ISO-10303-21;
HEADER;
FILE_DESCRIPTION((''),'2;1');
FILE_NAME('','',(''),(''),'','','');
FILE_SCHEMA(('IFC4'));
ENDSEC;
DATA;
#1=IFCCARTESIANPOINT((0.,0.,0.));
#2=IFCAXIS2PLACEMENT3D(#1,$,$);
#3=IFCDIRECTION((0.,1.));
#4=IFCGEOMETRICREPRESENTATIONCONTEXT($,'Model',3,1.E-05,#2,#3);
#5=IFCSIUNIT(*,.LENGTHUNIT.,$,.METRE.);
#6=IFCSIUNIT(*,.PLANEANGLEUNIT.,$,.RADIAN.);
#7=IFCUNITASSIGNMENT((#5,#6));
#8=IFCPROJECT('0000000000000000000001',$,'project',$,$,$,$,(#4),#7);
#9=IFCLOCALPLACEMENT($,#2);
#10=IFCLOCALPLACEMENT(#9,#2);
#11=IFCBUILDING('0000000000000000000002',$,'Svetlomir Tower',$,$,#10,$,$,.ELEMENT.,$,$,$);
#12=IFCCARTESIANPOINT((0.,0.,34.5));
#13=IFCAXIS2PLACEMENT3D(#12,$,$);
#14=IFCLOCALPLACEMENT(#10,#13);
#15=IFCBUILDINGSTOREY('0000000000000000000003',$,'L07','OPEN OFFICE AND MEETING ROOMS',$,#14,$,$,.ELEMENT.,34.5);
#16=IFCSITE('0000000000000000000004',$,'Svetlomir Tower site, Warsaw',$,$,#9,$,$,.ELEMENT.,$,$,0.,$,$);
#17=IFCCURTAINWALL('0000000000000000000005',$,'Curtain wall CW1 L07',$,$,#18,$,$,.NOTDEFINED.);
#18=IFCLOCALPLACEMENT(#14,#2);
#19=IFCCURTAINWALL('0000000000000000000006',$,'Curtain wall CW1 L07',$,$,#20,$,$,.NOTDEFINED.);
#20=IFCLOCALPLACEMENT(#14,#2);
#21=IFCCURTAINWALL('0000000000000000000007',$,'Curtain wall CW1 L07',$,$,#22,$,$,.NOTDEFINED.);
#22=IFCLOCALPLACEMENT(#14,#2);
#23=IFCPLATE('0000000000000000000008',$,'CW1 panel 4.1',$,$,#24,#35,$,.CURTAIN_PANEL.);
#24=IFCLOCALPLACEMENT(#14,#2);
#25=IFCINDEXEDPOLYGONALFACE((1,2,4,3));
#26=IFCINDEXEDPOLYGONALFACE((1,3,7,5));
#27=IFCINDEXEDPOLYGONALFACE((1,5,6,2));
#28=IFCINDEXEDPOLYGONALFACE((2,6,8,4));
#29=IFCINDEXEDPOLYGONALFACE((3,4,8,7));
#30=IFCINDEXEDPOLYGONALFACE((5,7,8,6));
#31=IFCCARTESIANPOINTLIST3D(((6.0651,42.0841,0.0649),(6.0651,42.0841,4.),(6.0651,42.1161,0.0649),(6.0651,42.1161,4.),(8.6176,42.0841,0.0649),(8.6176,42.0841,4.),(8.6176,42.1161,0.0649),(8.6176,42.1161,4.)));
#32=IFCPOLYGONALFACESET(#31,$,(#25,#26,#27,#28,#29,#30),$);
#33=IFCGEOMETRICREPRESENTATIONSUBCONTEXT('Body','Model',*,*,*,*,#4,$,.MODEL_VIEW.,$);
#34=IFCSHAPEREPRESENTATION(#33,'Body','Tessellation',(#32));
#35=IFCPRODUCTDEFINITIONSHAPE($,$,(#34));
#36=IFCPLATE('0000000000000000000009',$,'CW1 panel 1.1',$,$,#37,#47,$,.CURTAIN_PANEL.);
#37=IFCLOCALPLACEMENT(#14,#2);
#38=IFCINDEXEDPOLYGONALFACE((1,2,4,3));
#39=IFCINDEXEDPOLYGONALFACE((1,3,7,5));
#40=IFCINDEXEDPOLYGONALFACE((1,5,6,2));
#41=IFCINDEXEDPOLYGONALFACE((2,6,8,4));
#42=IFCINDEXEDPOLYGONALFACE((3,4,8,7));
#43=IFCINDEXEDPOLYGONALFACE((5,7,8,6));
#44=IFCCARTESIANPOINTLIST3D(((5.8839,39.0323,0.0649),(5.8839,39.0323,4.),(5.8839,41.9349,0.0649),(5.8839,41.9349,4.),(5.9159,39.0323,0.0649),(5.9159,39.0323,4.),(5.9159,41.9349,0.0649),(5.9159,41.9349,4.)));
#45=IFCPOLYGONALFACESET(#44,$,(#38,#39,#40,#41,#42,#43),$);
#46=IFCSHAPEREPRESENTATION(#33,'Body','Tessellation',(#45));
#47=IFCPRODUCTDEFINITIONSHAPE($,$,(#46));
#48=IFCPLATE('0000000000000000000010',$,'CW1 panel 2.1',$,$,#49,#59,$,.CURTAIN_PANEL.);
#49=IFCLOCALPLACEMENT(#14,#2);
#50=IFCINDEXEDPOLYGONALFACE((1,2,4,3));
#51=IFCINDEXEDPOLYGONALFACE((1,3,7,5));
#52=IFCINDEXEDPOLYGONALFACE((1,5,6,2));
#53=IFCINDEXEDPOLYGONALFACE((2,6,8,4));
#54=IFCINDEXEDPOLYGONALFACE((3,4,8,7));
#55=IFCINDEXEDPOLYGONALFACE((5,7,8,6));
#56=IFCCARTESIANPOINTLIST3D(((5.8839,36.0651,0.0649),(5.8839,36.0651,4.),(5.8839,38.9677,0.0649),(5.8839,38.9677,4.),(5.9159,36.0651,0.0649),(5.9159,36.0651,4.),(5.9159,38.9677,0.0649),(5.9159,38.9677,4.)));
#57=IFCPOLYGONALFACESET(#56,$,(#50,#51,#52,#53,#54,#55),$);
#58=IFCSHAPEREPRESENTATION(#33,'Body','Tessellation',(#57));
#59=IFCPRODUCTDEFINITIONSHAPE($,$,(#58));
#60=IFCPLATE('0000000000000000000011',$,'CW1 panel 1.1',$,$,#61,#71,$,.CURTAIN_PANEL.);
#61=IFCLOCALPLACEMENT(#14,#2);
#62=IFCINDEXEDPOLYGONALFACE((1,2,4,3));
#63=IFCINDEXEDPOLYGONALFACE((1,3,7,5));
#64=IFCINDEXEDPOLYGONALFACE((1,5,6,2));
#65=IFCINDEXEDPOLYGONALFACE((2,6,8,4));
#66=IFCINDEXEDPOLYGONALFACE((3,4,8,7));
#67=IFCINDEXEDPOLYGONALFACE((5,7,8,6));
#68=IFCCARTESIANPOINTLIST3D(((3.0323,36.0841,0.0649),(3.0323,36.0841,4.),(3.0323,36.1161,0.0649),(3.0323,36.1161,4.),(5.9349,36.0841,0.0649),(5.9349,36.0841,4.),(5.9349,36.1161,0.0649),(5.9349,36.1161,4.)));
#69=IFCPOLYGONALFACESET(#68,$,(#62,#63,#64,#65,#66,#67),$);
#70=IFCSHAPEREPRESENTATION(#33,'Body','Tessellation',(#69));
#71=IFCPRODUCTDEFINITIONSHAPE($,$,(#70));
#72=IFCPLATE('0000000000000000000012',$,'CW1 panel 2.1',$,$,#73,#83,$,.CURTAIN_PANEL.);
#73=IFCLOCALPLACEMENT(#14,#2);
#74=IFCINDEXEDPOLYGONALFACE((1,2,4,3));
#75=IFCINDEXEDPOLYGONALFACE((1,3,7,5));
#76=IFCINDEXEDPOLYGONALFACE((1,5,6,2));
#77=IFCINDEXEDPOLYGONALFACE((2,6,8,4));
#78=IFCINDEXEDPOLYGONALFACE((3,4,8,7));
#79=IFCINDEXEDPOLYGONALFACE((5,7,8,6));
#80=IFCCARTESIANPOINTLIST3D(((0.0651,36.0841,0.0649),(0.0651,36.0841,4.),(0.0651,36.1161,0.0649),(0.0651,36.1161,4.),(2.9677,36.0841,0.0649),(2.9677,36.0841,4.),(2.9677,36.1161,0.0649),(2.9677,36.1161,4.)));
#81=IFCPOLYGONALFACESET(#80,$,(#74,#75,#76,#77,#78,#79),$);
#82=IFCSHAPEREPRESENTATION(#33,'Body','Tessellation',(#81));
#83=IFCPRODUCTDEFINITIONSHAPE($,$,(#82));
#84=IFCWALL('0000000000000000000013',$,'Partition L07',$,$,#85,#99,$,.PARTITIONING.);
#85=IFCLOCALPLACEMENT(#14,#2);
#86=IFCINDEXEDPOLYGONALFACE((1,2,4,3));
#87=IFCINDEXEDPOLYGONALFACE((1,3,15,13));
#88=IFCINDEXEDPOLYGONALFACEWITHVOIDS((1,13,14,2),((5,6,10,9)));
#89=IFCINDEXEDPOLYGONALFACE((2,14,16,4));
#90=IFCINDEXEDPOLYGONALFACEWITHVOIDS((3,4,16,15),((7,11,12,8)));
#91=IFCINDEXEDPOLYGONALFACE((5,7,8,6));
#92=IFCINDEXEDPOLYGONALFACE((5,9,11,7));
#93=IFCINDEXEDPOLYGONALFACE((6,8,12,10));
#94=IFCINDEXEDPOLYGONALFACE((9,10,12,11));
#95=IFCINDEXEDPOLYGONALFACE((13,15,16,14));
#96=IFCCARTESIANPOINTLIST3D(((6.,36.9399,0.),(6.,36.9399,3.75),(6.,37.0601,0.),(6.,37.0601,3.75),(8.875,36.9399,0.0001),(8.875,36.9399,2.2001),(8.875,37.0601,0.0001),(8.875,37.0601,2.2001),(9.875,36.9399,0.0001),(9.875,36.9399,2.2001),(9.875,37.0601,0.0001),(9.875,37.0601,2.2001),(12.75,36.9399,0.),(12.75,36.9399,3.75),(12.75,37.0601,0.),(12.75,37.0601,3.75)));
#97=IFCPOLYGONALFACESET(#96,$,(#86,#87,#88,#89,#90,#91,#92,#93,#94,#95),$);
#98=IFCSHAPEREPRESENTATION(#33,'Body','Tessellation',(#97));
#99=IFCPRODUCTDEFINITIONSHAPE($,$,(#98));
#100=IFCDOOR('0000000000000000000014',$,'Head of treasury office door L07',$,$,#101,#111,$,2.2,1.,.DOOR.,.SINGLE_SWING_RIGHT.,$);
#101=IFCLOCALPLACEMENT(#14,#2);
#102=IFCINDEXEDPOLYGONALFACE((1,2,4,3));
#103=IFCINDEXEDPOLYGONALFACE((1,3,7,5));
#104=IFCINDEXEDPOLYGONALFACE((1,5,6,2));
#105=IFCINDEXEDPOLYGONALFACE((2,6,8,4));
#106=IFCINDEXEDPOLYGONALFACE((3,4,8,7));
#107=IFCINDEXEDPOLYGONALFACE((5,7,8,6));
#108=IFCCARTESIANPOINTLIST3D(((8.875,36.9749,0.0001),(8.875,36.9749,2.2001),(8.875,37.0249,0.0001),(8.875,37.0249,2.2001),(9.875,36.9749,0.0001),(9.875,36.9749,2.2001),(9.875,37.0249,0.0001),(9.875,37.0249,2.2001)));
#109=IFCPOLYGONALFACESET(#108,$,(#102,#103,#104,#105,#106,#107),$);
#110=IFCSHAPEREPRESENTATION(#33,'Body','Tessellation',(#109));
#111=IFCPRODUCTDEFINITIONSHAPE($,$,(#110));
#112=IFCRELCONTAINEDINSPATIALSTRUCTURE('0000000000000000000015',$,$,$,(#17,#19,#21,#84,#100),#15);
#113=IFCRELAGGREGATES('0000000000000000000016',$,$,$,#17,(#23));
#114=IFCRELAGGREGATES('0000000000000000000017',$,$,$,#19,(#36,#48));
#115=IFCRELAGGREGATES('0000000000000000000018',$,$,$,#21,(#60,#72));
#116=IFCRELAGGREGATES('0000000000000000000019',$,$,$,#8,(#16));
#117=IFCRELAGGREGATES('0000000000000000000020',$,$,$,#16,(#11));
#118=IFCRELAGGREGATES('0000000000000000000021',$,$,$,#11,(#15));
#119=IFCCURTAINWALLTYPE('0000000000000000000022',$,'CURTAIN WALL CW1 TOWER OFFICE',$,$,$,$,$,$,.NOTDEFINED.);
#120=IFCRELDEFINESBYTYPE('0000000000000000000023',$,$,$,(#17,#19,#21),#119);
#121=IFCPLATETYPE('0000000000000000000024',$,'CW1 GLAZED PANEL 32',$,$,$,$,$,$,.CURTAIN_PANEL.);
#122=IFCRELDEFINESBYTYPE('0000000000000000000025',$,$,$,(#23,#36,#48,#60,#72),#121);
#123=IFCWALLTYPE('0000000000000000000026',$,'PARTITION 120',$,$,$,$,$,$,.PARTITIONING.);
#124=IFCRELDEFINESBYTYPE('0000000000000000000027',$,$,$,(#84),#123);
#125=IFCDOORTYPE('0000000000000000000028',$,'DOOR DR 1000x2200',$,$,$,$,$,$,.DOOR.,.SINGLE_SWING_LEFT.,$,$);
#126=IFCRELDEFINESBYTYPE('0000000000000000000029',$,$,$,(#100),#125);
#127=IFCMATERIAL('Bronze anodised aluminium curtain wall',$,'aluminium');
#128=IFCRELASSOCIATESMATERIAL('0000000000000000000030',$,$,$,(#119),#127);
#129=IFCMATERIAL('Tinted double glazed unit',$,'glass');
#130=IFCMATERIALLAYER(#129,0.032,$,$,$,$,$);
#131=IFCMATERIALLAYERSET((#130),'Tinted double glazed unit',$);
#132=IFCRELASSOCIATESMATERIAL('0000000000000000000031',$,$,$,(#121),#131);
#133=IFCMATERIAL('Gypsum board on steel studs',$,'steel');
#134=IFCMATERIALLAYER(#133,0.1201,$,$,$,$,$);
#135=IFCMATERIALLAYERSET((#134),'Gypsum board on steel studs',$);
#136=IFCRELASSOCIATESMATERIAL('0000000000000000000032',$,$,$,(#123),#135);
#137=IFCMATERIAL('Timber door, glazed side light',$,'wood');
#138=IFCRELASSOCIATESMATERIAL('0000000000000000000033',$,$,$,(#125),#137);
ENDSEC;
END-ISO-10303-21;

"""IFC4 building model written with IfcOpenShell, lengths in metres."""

from ifc_helpers import new_model, si_unit, direction, frame, frame_2d, origin, origin_2d, place, context, subcontext, project, spatial, rectangle, extrude, material, layer, layer_set, type_object, element, fill, aggregate, save


model = new_model("IFC4")

# Units and contexts
model_context = context("Model", 3, precision=1e-05, world=origin(), true_north=direction((0.0, 1.0)))
body_context = subcontext(model_context, "Body", "Model", "MODEL_VIEW")
ifc_project = project(units=[si_unit("LENGTHUNIT", "METRE"), si_unit("PLANEANGLEUNIT", "RADIAN")], contexts=[model_context])

# Site, building, storey
site_placement = place(None, origin())
site = spatial("IfcSite", under=ifc_project, at=site_placement, Name="Svetlomir Tower site, Warsaw", CompositionType="ELEMENT", RefElevation=0.0)
building_placement = place(site_placement, origin())
building = spatial("IfcBuilding", under=site, at=building_placement, Name="Svetlomir Tower", CompositionType="ELEMENT")
storey_placement = place(building_placement, frame((0.0, 0.0, 34.5)))
storey = spatial("IfcBuildingStorey", under=building, at=storey_placement, Name="L07", Description="OPEN OFFICE AND MEETING ROOMS", CompositionType="ELEMENT", Elevation=34.5)

# Curtain walls
ifc_material_1 = material(Name="Bronze anodised aluminium curtain wall", Category="aluminium")
curtain_wall_type = type_object("IfcCurtainWallType", Name="CURTAIN WALL CW1 TOWER OFFICE", PredefinedType="NOTDEFINED", material=ifc_material_1)
curtain_wall_1_placement = place(storey_placement, origin())
curtain_wall_1 = element("IfcCurtainWall", 1, at=curtain_wall_1_placement, inside=storey, type_object=curtain_wall_type, Name="Curtain wall CW1 L07", PredefinedType="NOTDEFINED")
curtain_wall_2_placement = place(storey_placement, origin())
curtain_wall_2 = element("IfcCurtainWall", 2, at=curtain_wall_2_placement, inside=storey, type_object=curtain_wall_type, Name="Curtain wall CW1 L07", PredefinedType="NOTDEFINED")
curtain_wall_3_placement = place(storey_placement, origin())
curtain_wall_3 = element("IfcCurtainWall", 3, at=curtain_wall_3_placement, inside=storey, type_object=curtain_wall_type, Name="Curtain wall CW1 L07", PredefinedType="NOTDEFINED")

# Plates
ifc_material_2 = material(Name="Tinted double glazed unit", Category="glass")
ifc_layer_1 = layer(ifc_material_2, 0.032)
ifc_layer_set_1 = layer_set([ifc_layer_1], Name="Tinted double glazed unit")
plate_type = type_object("IfcPlateType", Name="CW1 GLAZED PANEL 32", PredefinedType="CURTAIN_PANEL", material=ifc_layer_set_1)
plate_1_placement = place(storey_placement, frame((7.3413, 42.1001, 0.0649), z_axis=(0.0, 0.0, 1.0), x_axis=(-1.0, 0.0, 0.0)))
plate_1 = element("IfcPlate", 4, at=plate_1_placement, type_object=plate_type, Name="CW1 panel 4.1", PredefinedType="CURTAIN_PANEL", context=body_context, shape_type="SweptSolid", body=[
    extrude(rectangle(XDim=2.5525, YDim=0.032, at=origin_2d()), origin(), (0.0, 0.0, 1.0), 3.9351),
])
aggregate(curtain_wall_1, [plate_1])
plate_2_placement = place(storey_placement, frame((5.8999, 40.4836, 0.0649), z_axis=(0.0, 0.0, 1.0), x_axis=(0.0, -1.0, 0.0)))
plate_2 = element("IfcPlate", 5, at=plate_2_placement, type_object=plate_type, Name="CW1 panel 1.1", PredefinedType="CURTAIN_PANEL", context=body_context, shape_type="SweptSolid", body=[
    extrude(rectangle(XDim=2.9026, YDim=0.032, at=origin_2d()), origin(), (0.0, 0.0, 1.0), 3.9351),
])
plate_3_placement = place(storey_placement, frame((5.8999, 37.5164, 0.0649), z_axis=(0.0, 0.0, 1.0), x_axis=(0.0, -1.0, 0.0)))
plate_3 = element("IfcPlate", 6, at=plate_3_placement, type_object=plate_type, Name="CW1 panel 2.1", PredefinedType="CURTAIN_PANEL", context=body_context, shape_type="SweptSolid", body=[
    extrude(rectangle(XDim=2.9026, YDim=0.032, at=origin_2d()), origin(), (0.0, 0.0, 1.0), 3.9351),
])
aggregate(curtain_wall_2, [plate_2, plate_3])
plate_4_placement = place(storey_placement, frame((4.4836, 36.1001, 0.0649), z_axis=(0.0, 0.0, 1.0), x_axis=(-1.0, 0.0, 0.0)))
plate_4 = element("IfcPlate", 7, at=plate_4_placement, type_object=plate_type, Name="CW1 panel 1.1", PredefinedType="CURTAIN_PANEL", context=body_context, shape_type="SweptSolid", body=[
    extrude(rectangle(XDim=2.9026, YDim=0.032, at=origin_2d()), origin(), (0.0, 0.0, 1.0), 3.9351),
])
plate_5_placement = place(storey_placement, frame((1.5164, 36.1001, 0.0649), z_axis=(0.0, 0.0, 1.0), x_axis=(-1.0, 0.0, 0.0)))
plate_5 = element("IfcPlate", 8, at=plate_5_placement, type_object=plate_type, Name="CW1 panel 2.1", PredefinedType="CURTAIN_PANEL", context=body_context, shape_type="SweptSolid", body=[
    extrude(rectangle(XDim=2.9026, YDim=0.032, at=origin_2d()), origin(), (0.0, 0.0, 1.0), 3.9351),
])
aggregate(curtain_wall_3, [plate_4, plate_5])

# Wall, opening, door
ifc_material_3 = material(Name="Gypsum board on steel studs", Category="steel")
ifc_layer_2 = layer(ifc_material_3, 0.1201)
ifc_layer_set_2 = layer_set([ifc_layer_2], Name="Gypsum board on steel studs")
wall_type = type_object("IfcWallType", Name="PARTITION 120", PredefinedType="PARTITIONING", material=ifc_layer_set_2)
wall_placement = place(storey_placement, frame((6.0, 37.0, 0.0), z_axis=(0.0, 0.0, 1.0), x_axis=(1.0, 0.0, 0.0)))
wall = element("IfcWall", 9, at=wall_placement, inside=storey, type_object=wall_type, Name="Partition L07", PredefinedType="PARTITIONING", context=body_context, shape_type="SweptSolid", body=[
    extrude(rectangle(XDim=6.75, YDim=0.1201, at=frame_2d((3.375, 0.0))), origin(), (0.0, 0.0, 1.0), 3.75),
])
opening_placement = place(wall_placement, frame((2.875, 0.0, 0.0)))
opening = element("IfcOpeningElement", 10, at=opening_placement, cuts=wall, PredefinedType="OPENING", context=body_context, shape_type="SweptSolid", body=[
    extrude(rectangle(XDim=1.0, YDim=2.2, at=frame_2d((0.5, 1.1001))), frame((0.0, 0.0701, 0.0), z_axis=(0.0, -1.0, 0.0), x_axis=(1.0, 0.0, 0.0)), (0.0, 0.0, 1.0), 0.1401),
])
ifc_material_4 = material(Name="Timber door, glazed side light", Category="wood")
door_type = type_object("IfcDoorType", Name="DOOR DR 1000x2200", OperationType="SINGLE_SWING_LEFT", PredefinedType="DOOR", material=ifc_material_4)
door_placement = place(opening_placement, origin())
door = element("IfcDoor", 11, at=door_placement, inside=storey, type_object=door_type, Name="Head of treasury office door L07", OperationType="SINGLE_SWING_RIGHT", OverallHeight=2.2, OverallWidth=1.0, PredefinedType="DOOR", context=body_context, shape_type="SweptSolid", body=[
    extrude(rectangle(XDim=1.0, YDim=2.2, at=frame_2d((0.5, 1.1001))), frame((0.0, 0.0249, 0.0), z_axis=(0.0, -1.0, 0.0), x_axis=(1.0, 0.0, 0.0)), (0.0, 0.0, 1.0), 0.05),
])
fill(opening, door)

save(model, "model.ifc")
